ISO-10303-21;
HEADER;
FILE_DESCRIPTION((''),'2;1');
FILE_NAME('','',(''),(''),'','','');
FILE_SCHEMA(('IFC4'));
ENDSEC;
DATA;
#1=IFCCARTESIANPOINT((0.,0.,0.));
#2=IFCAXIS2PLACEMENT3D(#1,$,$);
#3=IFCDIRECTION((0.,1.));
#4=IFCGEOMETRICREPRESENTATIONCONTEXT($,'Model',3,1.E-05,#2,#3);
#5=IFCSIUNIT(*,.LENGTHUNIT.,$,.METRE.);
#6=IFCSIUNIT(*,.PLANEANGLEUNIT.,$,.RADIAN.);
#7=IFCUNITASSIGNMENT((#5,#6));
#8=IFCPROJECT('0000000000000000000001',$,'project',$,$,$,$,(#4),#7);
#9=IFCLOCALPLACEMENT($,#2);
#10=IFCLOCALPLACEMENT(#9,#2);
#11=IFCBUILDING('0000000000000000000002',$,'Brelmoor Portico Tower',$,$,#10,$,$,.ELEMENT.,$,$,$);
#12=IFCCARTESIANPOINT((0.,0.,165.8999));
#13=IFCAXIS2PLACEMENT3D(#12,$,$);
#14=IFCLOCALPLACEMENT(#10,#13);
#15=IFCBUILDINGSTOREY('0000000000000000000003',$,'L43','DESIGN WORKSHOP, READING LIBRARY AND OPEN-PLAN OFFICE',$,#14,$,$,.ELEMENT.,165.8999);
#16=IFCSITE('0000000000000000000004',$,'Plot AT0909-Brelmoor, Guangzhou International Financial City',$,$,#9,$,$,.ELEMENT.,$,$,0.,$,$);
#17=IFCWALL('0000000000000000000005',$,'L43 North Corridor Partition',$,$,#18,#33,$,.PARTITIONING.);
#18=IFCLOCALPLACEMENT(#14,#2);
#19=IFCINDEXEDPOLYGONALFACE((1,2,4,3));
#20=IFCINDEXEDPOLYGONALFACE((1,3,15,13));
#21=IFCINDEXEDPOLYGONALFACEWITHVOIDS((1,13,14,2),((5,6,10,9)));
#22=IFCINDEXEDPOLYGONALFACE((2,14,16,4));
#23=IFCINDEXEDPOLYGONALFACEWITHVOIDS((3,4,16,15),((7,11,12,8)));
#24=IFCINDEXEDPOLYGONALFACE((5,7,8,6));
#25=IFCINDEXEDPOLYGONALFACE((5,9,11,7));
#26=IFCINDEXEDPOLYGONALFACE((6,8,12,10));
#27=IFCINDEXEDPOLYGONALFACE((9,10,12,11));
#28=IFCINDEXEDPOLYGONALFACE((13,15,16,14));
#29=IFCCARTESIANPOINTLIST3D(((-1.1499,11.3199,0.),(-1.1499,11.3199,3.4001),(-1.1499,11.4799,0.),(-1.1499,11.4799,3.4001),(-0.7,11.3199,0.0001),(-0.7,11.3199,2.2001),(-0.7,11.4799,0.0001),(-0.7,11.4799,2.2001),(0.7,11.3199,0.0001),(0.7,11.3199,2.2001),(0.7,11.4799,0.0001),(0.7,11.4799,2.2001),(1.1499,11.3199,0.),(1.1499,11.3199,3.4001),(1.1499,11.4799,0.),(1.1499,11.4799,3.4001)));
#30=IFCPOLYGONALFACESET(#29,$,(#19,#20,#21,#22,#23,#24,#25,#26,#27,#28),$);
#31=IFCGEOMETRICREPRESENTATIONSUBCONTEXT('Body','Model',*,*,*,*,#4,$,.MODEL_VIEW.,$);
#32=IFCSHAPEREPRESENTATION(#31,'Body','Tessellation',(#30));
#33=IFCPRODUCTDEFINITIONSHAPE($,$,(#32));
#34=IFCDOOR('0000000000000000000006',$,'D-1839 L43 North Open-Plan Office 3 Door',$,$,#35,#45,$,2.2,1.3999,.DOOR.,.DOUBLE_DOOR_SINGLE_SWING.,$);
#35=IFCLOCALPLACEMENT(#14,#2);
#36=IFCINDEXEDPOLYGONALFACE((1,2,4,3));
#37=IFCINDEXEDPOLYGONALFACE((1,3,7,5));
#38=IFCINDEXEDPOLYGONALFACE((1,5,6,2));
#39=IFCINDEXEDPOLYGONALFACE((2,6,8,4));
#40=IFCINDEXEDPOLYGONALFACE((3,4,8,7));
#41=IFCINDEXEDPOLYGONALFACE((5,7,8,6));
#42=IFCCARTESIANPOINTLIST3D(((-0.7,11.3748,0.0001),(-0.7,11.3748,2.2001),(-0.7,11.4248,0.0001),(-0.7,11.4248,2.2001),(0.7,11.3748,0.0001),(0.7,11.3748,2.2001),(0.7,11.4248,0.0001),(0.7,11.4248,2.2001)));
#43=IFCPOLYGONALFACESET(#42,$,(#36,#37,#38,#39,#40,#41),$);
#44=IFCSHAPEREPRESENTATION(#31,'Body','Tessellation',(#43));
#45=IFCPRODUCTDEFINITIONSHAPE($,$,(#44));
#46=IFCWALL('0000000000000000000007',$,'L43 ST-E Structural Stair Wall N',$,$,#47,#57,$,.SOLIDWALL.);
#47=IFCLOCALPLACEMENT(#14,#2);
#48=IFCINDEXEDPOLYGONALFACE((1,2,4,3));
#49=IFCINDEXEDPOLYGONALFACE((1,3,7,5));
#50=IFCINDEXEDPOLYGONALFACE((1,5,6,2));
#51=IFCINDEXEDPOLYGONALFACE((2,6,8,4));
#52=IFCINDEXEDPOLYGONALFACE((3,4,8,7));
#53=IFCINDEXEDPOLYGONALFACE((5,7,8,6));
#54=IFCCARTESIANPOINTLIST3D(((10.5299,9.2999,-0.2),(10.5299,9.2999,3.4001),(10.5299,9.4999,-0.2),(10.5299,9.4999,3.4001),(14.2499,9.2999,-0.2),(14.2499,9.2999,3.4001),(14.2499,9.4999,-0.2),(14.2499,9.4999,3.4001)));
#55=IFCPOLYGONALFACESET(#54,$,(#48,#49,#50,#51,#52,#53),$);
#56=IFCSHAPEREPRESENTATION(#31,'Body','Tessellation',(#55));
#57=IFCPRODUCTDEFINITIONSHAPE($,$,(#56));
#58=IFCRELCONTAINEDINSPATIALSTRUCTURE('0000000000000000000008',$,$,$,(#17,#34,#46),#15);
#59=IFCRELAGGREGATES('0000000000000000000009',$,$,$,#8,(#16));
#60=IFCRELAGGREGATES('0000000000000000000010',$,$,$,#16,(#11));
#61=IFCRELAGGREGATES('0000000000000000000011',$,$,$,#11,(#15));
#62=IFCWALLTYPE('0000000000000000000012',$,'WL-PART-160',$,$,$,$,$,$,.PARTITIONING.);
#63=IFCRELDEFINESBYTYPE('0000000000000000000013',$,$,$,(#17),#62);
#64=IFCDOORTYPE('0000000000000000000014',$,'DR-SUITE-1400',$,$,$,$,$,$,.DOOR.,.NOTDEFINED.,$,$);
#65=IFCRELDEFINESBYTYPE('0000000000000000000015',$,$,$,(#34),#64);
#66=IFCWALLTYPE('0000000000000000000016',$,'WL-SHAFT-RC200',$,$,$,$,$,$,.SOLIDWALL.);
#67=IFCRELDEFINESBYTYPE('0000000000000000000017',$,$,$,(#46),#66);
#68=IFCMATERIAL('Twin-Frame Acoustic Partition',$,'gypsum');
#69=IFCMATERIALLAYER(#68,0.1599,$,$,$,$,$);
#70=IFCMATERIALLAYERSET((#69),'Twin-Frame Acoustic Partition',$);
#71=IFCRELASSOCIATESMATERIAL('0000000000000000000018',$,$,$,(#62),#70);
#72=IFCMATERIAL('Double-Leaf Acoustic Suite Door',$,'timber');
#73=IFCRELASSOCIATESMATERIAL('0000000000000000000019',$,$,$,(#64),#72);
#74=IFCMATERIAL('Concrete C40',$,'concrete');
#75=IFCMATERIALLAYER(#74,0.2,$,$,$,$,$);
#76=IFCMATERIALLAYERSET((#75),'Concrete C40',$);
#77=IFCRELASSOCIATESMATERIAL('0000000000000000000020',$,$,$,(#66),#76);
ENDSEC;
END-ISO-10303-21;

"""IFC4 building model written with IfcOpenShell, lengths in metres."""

from ifc_helpers import new_model, si_unit, direction, frame, frame_2d, origin, place, context, subcontext, project, spatial, rectangle, extrude, material, layer, layer_set, type_object, element, fill, save


model = new_model("IFC4")

# Units and contexts
model_context = context("Model", 3, precision=1e-05, world=origin(), true_north=direction((0.0, 1.0)))
body_context = subcontext(model_context, "Body", "Model", "MODEL_VIEW")
ifc_project = project(units=[si_unit("LENGTHUNIT", "METRE"), si_unit("PLANEANGLEUNIT", "RADIAN")], contexts=[model_context])

# Site, building, storey
site_placement = place(None, origin())
site = spatial("IfcSite", under=ifc_project, at=site_placement, Name="Plot AT0909-Brelmoor, Guangzhou International Financial City", CompositionType="ELEMENT", RefElevation=0.0)
building_placement = place(site_placement, origin())
building = spatial("IfcBuilding", under=site, at=building_placement, Name="Brelmoor Portico Tower", CompositionType="ELEMENT")
storey_placement = place(building_placement, frame((0.0, 0.0, 165.8999)))
storey = spatial("IfcBuildingStorey", under=building, at=storey_placement, Name="L43", Description="DESIGN WORKSHOP, READING LIBRARY AND OPEN-PLAN OFFICE", CompositionType="ELEMENT", Elevation=165.8999)

# Shared definitions
ifc_material_1 = material(Name="Twin-Frame Acoustic Partition", Category="gypsum")
ifc_layer_1 = layer(ifc_material_1, 0.1599)
ifc_layer_set_1 = layer_set([ifc_layer_1], Name="Twin-Frame Acoustic Partition")
wall_type_1 = type_object("IfcWallType", Name="WL-PART-160", PredefinedType="PARTITIONING", material=ifc_layer_set_1)

# Wall, opening, door
wall_1_placement = place(storey_placement, frame((-1.1499, 11.3999, 0.0), z_axis=(0.0, 0.0, 1.0), x_axis=(1.0, 0.0, 0.0)))
wall_1 = element("IfcWall", 1, at=wall_1_placement, inside=storey, type_object=wall_type_1, Name="L43 North Corridor Partition", PredefinedType="PARTITIONING", context=body_context, shape_type="SweptSolid", body=[
    extrude(rectangle(XDim=2.2998, YDim=0.1599, at=frame_2d((1.1499, 0.0))), origin(), (0.0, 0.0, 1.0), 3.4001),
])
opening_1_placement = place(wall_1_placement, frame((0.45, 0.0, 0.0)))
opening_1 = element("IfcOpeningElement", 2, at=opening_1_placement, cuts=wall_1, PredefinedType="OPENING", context=body_context, shape_type="SweptSolid", body=[
    extrude(rectangle(XDim=1.3999, YDim=2.2, at=frame_2d((0.7, 1.1001))), frame((0.0, 0.0898, 0.0), z_axis=(0.0, -1.0, 0.0), x_axis=(1.0, 0.0, 0.0)), (0.0, 0.0, 1.0), 0.1799),
])
ifc_material_2 = material(Name="Double-Leaf Acoustic Suite Door", Category="timber")
door_type_1 = type_object("IfcDoorType", Name="DR-SUITE-1400", OperationType="NOTDEFINED", PredefinedType="DOOR", material=ifc_material_2)
door_1_placement = place(opening_1_placement, origin())
door_1 = element("IfcDoor", 3, at=door_1_placement, inside=storey, type_object=door_type_1, Name="D-1839 L43 North Open-Plan Office 3 Door", OperationType="DOUBLE_DOOR_SINGLE_SWING", OverallHeight=2.2, OverallWidth=1.3999, PredefinedType="DOOR", context=body_context, shape_type="SweptSolid", body=[
    extrude(rectangle(XDim=1.3999, YDim=2.2, at=frame_2d((0.7, 1.1001))), frame((0.0, 0.0249, 0.0), z_axis=(0.0, -1.0, 0.0), x_axis=(1.0, 0.0, 0.0)), (0.0, 0.0, 1.0), 0.05),
])
fill(opening_1, door_1)

# Wall
ifc_material_3 = material(Name="Concrete C40", Category="concrete")
ifc_layer_2 = layer(ifc_material_3, 0.2)
ifc_layer_set_2 = layer_set([ifc_layer_2], Name="Concrete C40")
wall_type_2 = type_object("IfcWallType", Name="WL-SHAFT-RC200", PredefinedType="SOLIDWALL", material=ifc_layer_set_2)
wall_2_placement = place(storey_placement, frame((10.53, 9.3999, -0.2), z_axis=(0.0, 0.0, 1.0), x_axis=(1.0, 0.0, 0.0)))
element("IfcWall", 4, at=wall_2_placement, inside=storey, type_object=wall_type_2, Name="L43 ST-E Structural Stair Wall N", PredefinedType="SOLIDWALL", context=body_context, shape_type="SweptSolid", body=[
    extrude(rectangle(XDim=3.72, YDim=0.2, at=frame_2d((1.8599, 0.0))), origin(), (0.0, 0.0, 1.0), 3.6001),
])

save(model, "model.ifc")
